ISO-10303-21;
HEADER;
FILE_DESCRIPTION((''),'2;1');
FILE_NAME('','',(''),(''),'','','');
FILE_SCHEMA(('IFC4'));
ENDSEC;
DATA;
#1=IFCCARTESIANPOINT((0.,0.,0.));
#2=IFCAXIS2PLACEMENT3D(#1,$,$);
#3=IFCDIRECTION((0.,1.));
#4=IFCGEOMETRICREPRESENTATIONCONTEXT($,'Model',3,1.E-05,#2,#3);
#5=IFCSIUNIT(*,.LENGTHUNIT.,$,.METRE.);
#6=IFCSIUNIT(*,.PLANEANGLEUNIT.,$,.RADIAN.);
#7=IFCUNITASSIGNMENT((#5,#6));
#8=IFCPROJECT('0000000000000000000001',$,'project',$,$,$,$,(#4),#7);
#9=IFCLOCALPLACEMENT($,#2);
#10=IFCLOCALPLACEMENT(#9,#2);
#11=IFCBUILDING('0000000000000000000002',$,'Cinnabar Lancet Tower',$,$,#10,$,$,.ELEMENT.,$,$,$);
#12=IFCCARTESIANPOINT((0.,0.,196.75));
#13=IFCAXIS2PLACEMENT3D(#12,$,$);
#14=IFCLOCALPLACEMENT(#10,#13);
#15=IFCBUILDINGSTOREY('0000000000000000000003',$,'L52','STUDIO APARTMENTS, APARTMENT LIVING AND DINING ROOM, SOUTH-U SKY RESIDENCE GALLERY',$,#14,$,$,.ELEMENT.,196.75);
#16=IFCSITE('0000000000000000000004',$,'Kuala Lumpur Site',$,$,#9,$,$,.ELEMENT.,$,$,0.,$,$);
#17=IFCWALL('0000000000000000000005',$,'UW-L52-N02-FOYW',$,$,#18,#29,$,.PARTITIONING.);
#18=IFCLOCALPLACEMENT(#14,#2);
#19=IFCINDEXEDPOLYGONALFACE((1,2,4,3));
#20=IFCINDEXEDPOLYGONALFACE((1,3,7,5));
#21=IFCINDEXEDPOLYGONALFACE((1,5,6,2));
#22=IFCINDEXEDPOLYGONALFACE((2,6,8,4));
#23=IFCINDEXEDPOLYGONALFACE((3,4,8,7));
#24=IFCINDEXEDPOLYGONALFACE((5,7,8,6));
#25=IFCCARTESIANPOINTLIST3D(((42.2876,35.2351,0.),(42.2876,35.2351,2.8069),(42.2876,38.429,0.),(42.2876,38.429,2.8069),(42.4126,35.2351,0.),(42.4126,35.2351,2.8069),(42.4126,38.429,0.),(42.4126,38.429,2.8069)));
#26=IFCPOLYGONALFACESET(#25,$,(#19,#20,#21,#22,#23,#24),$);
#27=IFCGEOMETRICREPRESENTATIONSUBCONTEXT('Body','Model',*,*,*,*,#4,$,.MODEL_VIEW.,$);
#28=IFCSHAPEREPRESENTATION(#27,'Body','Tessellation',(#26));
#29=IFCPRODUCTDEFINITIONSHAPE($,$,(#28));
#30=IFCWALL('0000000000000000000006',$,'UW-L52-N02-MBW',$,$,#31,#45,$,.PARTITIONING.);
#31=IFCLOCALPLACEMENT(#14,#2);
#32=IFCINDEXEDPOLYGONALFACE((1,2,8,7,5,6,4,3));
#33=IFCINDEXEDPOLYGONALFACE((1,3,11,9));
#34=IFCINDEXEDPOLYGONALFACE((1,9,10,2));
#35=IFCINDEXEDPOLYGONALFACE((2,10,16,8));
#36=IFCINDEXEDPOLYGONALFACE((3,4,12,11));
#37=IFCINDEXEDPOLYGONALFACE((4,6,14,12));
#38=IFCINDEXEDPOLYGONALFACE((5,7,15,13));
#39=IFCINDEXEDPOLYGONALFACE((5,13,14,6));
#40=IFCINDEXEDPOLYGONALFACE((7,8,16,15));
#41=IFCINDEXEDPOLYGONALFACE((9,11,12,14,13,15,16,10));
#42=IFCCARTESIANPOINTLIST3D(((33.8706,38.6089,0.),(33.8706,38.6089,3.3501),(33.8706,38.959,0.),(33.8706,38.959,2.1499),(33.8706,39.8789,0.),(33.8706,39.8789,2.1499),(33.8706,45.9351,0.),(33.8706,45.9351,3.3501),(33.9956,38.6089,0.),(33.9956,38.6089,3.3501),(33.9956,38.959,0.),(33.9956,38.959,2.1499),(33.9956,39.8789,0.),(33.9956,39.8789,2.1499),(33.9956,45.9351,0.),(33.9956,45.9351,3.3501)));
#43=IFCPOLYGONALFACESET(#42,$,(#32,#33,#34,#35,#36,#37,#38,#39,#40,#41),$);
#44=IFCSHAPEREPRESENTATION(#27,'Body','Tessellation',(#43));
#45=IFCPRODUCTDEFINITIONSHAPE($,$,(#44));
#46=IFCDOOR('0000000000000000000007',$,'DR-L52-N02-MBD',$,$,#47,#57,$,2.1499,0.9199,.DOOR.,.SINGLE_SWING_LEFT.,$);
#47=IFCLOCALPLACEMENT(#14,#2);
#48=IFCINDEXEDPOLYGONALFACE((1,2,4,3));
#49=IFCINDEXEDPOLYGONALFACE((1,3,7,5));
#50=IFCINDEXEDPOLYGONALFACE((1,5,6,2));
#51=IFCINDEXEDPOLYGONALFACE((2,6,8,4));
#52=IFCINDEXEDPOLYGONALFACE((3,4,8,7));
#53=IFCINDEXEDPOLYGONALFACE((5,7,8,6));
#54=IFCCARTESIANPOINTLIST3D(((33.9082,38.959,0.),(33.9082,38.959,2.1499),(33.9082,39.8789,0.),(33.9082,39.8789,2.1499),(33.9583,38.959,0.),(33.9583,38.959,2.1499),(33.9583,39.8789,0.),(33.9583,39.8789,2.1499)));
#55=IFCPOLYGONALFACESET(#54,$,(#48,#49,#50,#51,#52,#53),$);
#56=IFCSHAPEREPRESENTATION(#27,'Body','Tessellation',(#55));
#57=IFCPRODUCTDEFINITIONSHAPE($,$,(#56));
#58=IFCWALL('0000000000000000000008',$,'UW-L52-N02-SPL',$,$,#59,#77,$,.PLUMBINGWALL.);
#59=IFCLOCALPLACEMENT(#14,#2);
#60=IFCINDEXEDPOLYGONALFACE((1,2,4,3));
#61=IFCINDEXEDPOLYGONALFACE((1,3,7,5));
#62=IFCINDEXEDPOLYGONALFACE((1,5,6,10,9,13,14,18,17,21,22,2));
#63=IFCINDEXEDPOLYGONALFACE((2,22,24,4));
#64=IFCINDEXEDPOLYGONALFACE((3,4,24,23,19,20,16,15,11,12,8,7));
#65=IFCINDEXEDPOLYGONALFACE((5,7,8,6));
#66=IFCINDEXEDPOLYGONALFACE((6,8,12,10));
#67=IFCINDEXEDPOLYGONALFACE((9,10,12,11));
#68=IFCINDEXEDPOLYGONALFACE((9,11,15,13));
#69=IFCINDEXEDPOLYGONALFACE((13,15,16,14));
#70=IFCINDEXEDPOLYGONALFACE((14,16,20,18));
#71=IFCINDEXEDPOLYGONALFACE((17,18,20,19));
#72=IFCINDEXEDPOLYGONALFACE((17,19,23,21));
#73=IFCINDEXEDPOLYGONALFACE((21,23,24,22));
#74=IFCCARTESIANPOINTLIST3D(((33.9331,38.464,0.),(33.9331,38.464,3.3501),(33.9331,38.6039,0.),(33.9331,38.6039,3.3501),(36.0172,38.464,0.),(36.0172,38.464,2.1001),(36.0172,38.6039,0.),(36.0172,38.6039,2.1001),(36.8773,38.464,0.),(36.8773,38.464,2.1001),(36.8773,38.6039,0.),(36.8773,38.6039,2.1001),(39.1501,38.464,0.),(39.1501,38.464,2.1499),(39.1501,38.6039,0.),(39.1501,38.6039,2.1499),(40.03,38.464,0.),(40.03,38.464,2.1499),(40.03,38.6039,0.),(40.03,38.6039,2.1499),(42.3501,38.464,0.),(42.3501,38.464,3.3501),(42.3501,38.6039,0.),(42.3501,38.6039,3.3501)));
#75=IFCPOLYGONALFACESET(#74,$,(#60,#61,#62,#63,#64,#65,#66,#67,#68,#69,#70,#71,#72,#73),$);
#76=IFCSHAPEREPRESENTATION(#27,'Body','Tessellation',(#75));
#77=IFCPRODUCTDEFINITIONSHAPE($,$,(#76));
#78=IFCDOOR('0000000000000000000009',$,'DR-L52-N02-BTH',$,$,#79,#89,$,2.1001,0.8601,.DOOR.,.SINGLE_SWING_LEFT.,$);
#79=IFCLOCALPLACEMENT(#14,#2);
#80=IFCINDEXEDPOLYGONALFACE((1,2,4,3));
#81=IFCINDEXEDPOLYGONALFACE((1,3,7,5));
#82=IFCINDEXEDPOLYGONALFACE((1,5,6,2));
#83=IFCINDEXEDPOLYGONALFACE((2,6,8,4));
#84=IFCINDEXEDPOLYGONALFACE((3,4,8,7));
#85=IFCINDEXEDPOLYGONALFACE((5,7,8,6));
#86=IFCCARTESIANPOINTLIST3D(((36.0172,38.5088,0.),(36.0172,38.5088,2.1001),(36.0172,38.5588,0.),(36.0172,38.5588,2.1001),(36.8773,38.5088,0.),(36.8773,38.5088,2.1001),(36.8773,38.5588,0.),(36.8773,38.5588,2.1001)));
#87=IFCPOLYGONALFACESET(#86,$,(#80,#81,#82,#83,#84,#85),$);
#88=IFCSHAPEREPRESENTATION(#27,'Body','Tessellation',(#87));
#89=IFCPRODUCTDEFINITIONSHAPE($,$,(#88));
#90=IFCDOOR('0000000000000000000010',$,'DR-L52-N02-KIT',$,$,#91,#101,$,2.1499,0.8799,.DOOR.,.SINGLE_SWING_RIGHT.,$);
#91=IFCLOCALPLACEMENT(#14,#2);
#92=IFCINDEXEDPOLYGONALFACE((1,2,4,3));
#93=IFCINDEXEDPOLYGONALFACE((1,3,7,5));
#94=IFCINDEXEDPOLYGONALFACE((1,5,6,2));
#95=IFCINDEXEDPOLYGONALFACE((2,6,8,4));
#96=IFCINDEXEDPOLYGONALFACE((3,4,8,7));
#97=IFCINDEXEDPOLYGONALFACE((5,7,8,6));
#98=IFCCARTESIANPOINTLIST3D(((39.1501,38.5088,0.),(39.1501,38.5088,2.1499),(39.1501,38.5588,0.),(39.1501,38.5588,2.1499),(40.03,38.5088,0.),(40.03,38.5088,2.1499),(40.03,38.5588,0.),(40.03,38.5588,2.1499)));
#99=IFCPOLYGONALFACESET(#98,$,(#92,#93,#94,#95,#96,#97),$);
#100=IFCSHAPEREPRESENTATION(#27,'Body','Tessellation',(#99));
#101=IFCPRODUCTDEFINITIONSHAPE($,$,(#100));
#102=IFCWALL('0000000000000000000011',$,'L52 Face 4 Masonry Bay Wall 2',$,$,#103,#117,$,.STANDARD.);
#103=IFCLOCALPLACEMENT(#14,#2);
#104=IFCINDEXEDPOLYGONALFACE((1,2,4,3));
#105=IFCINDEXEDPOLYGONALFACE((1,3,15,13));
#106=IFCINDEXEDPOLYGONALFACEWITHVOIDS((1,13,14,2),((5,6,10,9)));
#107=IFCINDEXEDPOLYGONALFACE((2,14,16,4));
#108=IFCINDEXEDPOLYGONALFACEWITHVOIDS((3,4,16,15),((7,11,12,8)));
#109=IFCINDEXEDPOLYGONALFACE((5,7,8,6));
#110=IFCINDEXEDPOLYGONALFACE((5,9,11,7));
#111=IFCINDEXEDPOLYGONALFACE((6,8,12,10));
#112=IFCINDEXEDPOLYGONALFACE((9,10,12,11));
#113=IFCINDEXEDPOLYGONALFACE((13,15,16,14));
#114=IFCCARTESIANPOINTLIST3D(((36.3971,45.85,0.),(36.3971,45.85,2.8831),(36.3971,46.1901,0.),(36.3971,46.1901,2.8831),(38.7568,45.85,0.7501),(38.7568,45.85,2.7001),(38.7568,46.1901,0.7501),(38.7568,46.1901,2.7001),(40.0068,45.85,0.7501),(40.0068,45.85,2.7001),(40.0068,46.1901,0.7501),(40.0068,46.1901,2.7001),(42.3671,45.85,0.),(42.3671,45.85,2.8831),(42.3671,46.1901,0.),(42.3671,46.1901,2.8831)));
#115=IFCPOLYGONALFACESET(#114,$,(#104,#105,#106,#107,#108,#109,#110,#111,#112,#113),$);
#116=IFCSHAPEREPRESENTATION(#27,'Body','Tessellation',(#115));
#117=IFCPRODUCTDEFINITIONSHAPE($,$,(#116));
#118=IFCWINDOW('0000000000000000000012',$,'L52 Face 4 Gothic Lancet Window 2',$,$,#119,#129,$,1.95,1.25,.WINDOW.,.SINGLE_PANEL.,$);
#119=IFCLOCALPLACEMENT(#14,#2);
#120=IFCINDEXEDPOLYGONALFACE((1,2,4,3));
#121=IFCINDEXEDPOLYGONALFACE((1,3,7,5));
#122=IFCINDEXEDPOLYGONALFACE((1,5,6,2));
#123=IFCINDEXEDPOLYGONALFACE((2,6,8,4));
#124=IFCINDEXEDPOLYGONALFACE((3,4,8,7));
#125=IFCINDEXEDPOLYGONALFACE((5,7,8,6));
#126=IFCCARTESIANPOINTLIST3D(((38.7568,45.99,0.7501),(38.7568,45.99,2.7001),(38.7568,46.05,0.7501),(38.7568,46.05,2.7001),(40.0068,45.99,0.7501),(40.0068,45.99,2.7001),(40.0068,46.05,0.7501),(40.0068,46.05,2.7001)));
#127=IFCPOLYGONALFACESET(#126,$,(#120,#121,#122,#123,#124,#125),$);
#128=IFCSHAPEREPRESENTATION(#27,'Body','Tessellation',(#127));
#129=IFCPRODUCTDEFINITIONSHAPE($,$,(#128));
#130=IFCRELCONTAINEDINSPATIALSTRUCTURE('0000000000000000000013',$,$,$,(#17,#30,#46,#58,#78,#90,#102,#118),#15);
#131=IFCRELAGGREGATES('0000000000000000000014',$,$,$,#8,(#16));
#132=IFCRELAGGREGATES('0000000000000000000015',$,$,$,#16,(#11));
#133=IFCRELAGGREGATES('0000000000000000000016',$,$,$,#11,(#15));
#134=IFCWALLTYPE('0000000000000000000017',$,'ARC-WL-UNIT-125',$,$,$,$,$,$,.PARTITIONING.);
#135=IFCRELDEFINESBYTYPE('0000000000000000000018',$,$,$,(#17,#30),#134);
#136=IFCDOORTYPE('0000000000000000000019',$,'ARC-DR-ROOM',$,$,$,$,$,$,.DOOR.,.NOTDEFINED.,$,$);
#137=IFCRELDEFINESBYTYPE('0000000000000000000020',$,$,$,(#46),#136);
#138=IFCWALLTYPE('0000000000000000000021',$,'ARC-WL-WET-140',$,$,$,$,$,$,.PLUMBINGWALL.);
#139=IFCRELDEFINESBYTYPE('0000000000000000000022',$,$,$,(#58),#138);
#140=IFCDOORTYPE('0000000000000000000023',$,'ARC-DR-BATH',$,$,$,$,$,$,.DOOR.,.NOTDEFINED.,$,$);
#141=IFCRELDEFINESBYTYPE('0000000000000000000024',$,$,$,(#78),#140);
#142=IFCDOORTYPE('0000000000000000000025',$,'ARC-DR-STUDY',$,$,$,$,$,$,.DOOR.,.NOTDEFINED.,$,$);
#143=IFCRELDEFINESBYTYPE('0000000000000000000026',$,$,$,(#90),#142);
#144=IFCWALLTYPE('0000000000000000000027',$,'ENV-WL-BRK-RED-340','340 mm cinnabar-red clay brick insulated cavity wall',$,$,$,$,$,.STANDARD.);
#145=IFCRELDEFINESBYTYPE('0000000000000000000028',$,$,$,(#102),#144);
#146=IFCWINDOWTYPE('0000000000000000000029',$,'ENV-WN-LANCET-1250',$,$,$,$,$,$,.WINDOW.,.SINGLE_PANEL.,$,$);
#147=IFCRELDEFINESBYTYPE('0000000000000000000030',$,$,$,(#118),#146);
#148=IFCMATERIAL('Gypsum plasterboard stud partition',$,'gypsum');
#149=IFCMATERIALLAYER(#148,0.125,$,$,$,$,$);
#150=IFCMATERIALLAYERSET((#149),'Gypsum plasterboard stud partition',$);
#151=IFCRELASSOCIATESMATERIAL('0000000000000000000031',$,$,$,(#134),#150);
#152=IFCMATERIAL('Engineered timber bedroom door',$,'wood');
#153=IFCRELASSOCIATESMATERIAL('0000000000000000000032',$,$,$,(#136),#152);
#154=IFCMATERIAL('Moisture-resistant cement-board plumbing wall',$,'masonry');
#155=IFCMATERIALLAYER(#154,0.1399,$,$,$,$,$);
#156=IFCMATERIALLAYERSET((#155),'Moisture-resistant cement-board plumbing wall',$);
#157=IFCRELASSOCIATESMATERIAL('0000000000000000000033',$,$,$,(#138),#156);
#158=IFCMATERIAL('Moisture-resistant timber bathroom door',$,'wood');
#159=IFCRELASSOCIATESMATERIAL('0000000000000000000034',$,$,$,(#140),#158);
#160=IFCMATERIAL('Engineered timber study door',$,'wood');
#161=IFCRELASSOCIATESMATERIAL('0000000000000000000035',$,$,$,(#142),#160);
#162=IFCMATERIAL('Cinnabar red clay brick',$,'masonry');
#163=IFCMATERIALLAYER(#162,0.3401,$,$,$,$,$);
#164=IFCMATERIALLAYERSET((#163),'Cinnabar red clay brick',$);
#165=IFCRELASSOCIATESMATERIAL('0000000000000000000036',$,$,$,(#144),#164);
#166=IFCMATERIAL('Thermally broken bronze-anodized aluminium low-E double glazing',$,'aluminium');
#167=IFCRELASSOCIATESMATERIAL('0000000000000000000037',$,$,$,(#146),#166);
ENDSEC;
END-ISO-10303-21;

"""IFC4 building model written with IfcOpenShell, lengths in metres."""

from ifc_helpers import new_model, si_unit, direction, frame, frame_2d, origin, place, context, subcontext, project, spatial, rectangle, extrude, material, layer, layer_set, type_object, element, fill, save


model = new_model("IFC4")

# Units and contexts
model_context = context("Model", 3, precision=1e-05, world=origin(), true_north=direction((0.0, 1.0)))
body_context = subcontext(model_context, "Body", "Model", "MODEL_VIEW")
ifc_project = project(units=[si_unit("LENGTHUNIT", "METRE"), si_unit("PLANEANGLEUNIT", "RADIAN")], contexts=[model_context])

# Site, building, storey
site_placement = place(None, origin())
site = spatial("IfcSite", under=ifc_project, at=site_placement, Name="Kuala Lumpur Site", CompositionType="ELEMENT", RefElevation=0.0)
building_placement = place(site_placement, origin())
building = spatial("IfcBuilding", under=site, at=building_placement, Name="Cinnabar Lancet Tower", CompositionType="ELEMENT")
storey_placement = place(building_placement, frame((0.0, 0.0, 196.75)))
storey = spatial("IfcBuildingStorey", under=building, at=storey_placement, Name="L52", Description="STUDIO APARTMENTS, APARTMENT LIVING AND DINING ROOM, SOUTH-U SKY RESIDENCE GALLERY", CompositionType="ELEMENT", Elevation=196.75)

# Wall
ifc_material_1 = material(Name="Gypsum plasterboard stud partition", Category="gypsum")
ifc_layer_1 = layer(ifc_material_1, 0.125)
ifc_layer_set_1 = layer_set([ifc_layer_1], Name="Gypsum plasterboard stud partition")
wall_type_1 = type_object("IfcWallType", Name="ARC-WL-UNIT-125", PredefinedType="PARTITIONING", material=ifc_layer_set_1)
wall_1_placement = place(storey_placement, frame((42.3501, 35.2351, 0.0), z_axis=(0.0, 0.0, 1.0), x_axis=(0.0, 1.0, 0.0)))
element("IfcWall", 1, at=wall_1_placement, inside=storey, type_object=wall_type_1, Name="UW-L52-N02-FOYW", PredefinedType="PARTITIONING", context=body_context, shape_type="SweptSolid", body=[
    extrude(rectangle(XDim=3.1938, YDim=0.125, at=frame_2d((1.5969, 0.0))), origin(), (0.0, 0.0, 1.0), 2.8069),
])

# Wall, opening, door
wall_2_placement = place(storey_placement, frame((33.9331, 38.6089, 0.0), z_axis=(0.0, 0.0, 1.0), x_axis=(0.0, 1.0, 0.0)))
wall_2 = element("IfcWall", 2, at=wall_2_placement, inside=storey, type_object=wall_type_1, Name="UW-L52-N02-MBW", PredefinedType="PARTITIONING", context=body_context, shape_type="SweptSolid", body=[
    extrude(rectangle(XDim=7.3262, YDim=0.125, at=frame_2d((3.6631, 0.0))), origin(), (0.0, 0.0, 1.0), 3.3501),
])
opening_1_placement = place(wall_2_placement, frame((0.3501, 0.0, 0.0)))
opening_1 = element("IfcOpeningElement", 3, at=opening_1_placement, cuts=wall_2, PredefinedType="OPENING", context=body_context, shape_type="SweptSolid", body=[
    extrude(rectangle(XDim=0.9199, YDim=2.1499, at=frame_2d((0.46, 1.075))), frame((0.0, 0.0725, 0.0), z_axis=(0.0, -1.0, 0.0), x_axis=(1.0, 0.0, 0.0)), (0.0, 0.0, 1.0), 0.145),
])
ifc_material_2 = material(Name="Engineered timber bedroom door", Category="wood")
door_type_1 = type_object("IfcDoorType", Name="ARC-DR-ROOM", OperationType="NOTDEFINED", PredefinedType="DOOR", material=ifc_material_2)
door_1_placement = place(opening_1_placement, origin())
door_1 = element("IfcDoor", 4, at=door_1_placement, inside=storey, type_object=door_type_1, Name="DR-L52-N02-MBD", OperationType="SINGLE_SWING_LEFT", OverallHeight=2.1499, OverallWidth=0.9199, PredefinedType="DOOR", context=body_context, shape_type="SweptSolid", body=[
    extrude(rectangle(XDim=0.9199, YDim=2.1499, at=frame_2d((0.46, 1.075))), frame((0.0, 0.0249, 0.0), z_axis=(0.0, -1.0, 0.0), x_axis=(1.0, 0.0, 0.0)), (0.0, 0.0, 1.0), 0.05),
])
fill(opening_1, door_1)

# Wall, openings, doors
ifc_material_3 = material(Name="Moisture-resistant cement-board plumbing wall", Category="masonry")
ifc_layer_2 = layer(ifc_material_3, 0.1399)
ifc_layer_set_2 = layer_set([ifc_layer_2], Name="Moisture-resistant cement-board plumbing wall")
wall_type_2 = type_object("IfcWallType", Name="ARC-WL-WET-140", PredefinedType="PLUMBINGWALL", material=ifc_layer_set_2)
wall_3_placement = place(storey_placement, frame((33.9331, 38.5339, 0.0), z_axis=(0.0, 0.0, 1.0), x_axis=(1.0, 0.0, 0.0)))
wall_3 = element("IfcWall", 5, at=wall_3_placement, inside=storey, type_object=wall_type_2, Name="UW-L52-N02-SPL", PredefinedType="PLUMBINGWALL", context=body_context, shape_type="SweptSolid", body=[
    extrude(rectangle(XDim=8.417, YDim=0.1399, at=frame_2d((4.2085, 0.0))), origin(), (0.0, 0.0, 1.0), 3.3501),
])
opening_2_placement = place(wall_3_placement, frame((2.084, 0.0, 0.0)))
opening_2 = element("IfcOpeningElement", 6, at=opening_2_placement, cuts=wall_3, PredefinedType="OPENING", context=body_context, shape_type="SweptSolid", body=[
    extrude(rectangle(XDim=0.8601, YDim=2.1001, at=frame_2d((0.4302, 1.05))), frame((0.0, 0.0798, 0.0), z_axis=(0.0, -1.0, 0.0), x_axis=(1.0, 0.0, 0.0)), (0.0, 0.0, 1.0), 0.1599),
])
opening_3_placement = place(wall_3_placement, frame((5.217, 0.0, 0.0)))
opening_3 = element("IfcOpeningElement", 7, at=opening_3_placement, cuts=wall_3, PredefinedType="OPENING", context=body_context, shape_type="SweptSolid", body=[
    extrude(rectangle(XDim=0.8799, YDim=2.1499, at=frame_2d((0.4399, 1.075))), frame((0.0, 0.0798, 0.0), z_axis=(0.0, -1.0, 0.0), x_axis=(1.0, 0.0, 0.0)), (0.0, 0.0, 1.0), 0.1599),
])
ifc_material_4 = material(Name="Moisture-resistant timber bathroom door", Category="wood")
door_type_2 = type_object("IfcDoorType", Name="ARC-DR-BATH", OperationType="NOTDEFINED", PredefinedType="DOOR", material=ifc_material_4)
door_2_placement = place(opening_2_placement, origin())
door_2 = element("IfcDoor", 8, at=door_2_placement, inside=storey, type_object=door_type_2, Name="DR-L52-N02-BTH", OperationType="SINGLE_SWING_LEFT", OverallHeight=2.1001, OverallWidth=0.8601, PredefinedType="DOOR", context=body_context, shape_type="SweptSolid", body=[
    extrude(rectangle(XDim=0.8601, YDim=2.1001, at=frame_2d((0.4302, 1.05))), frame((0.0, 0.0249, 0.0), z_axis=(0.0, -1.0, 0.0), x_axis=(1.0, 0.0, 0.0)), (0.0, 0.0, 1.0), 0.05),
])
fill(opening_2, door_2)
ifc_material_5 = material(Name="Engineered timber study door", Category="wood")
door_type_3 = type_object("IfcDoorType", Name="ARC-DR-STUDY", OperationType="NOTDEFINED", PredefinedType="DOOR", material=ifc_material_5)
door_3_placement = place(opening_3_placement, origin())
door_3 = element("IfcDoor", 9, at=door_3_placement, inside=storey, type_object=door_type_3, Name="DR-L52-N02-KIT", OperationType="SINGLE_SWING_RIGHT", OverallHeight=2.1499, OverallWidth=0.8799, PredefinedType="DOOR", context=body_context, shape_type="SweptSolid", body=[
    extrude(rectangle(XDim=0.8799, YDim=2.1499, at=frame_2d((0.4399, 1.075))), frame((0.0, 0.0249, 0.0), z_axis=(0.0, -1.0, 0.0), x_axis=(1.0, 0.0, 0.0)), (0.0, 0.0, 1.0), 0.05),
])
fill(opening_3, door_3)

# Wall, opening, window
ifc_material_6 = material(Name="Cinnabar red clay brick", Category="masonry")
ifc_layer_3 = layer(ifc_material_6, 0.3401)
ifc_layer_set_3 = layer_set([ifc_layer_3], Name="Cinnabar red clay brick")
wall_type_3 = type_object("IfcWallType", Name="ENV-WL-BRK-RED-340", Description="340 mm cinnabar-red clay brick insulated cavity wall", PredefinedType="STANDARD", material=ifc_layer_set_3)
wall_4_placement = place(storey_placement, frame((42.3669, 46.02, 0.0), z_axis=(0.0, 0.0, 1.0), x_axis=(-1.0, 0.0, 0.0)))
wall_4 = element("IfcWall", 10, at=wall_4_placement, inside=storey, type_object=wall_type_3, Name="L52 Face 4 Masonry Bay Wall 2", PredefinedType="STANDARD", context=body_context, shape_type="SweptSolid", body=[
    extrude(rectangle(XDim=5.97, YDim=0.3401, at=frame_2d((2.9849, 0.0))), origin(), (0.0, 0.0, 1.0), 2.8831),
])
opening_4_placement = place(wall_4_placement, frame((2.3601, 0.0, 0.75)))
opening_4 = element("IfcOpeningElement", 11, at=opening_4_placement, cuts=wall_4, PredefinedType="OPENING", context=body_context, shape_type="SweptSolid", body=[
    extrude(rectangle(XDim=1.25, YDim=1.95, at=frame_2d((0.625, 0.9751))), frame((0.0, 0.1799, 0.0), z_axis=(0.0, -1.0, 0.0), x_axis=(1.0, 0.0, 0.0)), (0.0, 0.0, 1.0), 0.3601),
])
ifc_material_7 = material(Name="Thermally broken bronze-anodized aluminium low-E double glazing", Category="aluminium")
window_type_1 = type_object("IfcWindowType", Name="ENV-WN-LANCET-1250", PartitioningType="SINGLE_PANEL", PredefinedType="WINDOW", material=ifc_material_7)
window_1_placement = place(opening_4_placement, origin())
window_1 = element("IfcWindow", 12, at=window_1_placement, inside=storey, type_object=window_type_1, Name="L52 Face 4 Gothic Lancet Window 2", OverallHeight=1.95, OverallWidth=1.25, PartitioningType="SINGLE_PANEL", PredefinedType="WINDOW", context=body_context, shape_type="SweptSolid", body=[
    extrude(rectangle(XDim=1.25, YDim=1.95, at=frame_2d((0.625, 0.9751))), frame((0.0, 0.03, 0.0), z_axis=(0.0, -1.0, 0.0), x_axis=(1.0, 0.0, 0.0)), (0.0, 0.0, 1.0), 0.0601),
])
fill(opening_4, window_1)

save(model, "model.ifc")
